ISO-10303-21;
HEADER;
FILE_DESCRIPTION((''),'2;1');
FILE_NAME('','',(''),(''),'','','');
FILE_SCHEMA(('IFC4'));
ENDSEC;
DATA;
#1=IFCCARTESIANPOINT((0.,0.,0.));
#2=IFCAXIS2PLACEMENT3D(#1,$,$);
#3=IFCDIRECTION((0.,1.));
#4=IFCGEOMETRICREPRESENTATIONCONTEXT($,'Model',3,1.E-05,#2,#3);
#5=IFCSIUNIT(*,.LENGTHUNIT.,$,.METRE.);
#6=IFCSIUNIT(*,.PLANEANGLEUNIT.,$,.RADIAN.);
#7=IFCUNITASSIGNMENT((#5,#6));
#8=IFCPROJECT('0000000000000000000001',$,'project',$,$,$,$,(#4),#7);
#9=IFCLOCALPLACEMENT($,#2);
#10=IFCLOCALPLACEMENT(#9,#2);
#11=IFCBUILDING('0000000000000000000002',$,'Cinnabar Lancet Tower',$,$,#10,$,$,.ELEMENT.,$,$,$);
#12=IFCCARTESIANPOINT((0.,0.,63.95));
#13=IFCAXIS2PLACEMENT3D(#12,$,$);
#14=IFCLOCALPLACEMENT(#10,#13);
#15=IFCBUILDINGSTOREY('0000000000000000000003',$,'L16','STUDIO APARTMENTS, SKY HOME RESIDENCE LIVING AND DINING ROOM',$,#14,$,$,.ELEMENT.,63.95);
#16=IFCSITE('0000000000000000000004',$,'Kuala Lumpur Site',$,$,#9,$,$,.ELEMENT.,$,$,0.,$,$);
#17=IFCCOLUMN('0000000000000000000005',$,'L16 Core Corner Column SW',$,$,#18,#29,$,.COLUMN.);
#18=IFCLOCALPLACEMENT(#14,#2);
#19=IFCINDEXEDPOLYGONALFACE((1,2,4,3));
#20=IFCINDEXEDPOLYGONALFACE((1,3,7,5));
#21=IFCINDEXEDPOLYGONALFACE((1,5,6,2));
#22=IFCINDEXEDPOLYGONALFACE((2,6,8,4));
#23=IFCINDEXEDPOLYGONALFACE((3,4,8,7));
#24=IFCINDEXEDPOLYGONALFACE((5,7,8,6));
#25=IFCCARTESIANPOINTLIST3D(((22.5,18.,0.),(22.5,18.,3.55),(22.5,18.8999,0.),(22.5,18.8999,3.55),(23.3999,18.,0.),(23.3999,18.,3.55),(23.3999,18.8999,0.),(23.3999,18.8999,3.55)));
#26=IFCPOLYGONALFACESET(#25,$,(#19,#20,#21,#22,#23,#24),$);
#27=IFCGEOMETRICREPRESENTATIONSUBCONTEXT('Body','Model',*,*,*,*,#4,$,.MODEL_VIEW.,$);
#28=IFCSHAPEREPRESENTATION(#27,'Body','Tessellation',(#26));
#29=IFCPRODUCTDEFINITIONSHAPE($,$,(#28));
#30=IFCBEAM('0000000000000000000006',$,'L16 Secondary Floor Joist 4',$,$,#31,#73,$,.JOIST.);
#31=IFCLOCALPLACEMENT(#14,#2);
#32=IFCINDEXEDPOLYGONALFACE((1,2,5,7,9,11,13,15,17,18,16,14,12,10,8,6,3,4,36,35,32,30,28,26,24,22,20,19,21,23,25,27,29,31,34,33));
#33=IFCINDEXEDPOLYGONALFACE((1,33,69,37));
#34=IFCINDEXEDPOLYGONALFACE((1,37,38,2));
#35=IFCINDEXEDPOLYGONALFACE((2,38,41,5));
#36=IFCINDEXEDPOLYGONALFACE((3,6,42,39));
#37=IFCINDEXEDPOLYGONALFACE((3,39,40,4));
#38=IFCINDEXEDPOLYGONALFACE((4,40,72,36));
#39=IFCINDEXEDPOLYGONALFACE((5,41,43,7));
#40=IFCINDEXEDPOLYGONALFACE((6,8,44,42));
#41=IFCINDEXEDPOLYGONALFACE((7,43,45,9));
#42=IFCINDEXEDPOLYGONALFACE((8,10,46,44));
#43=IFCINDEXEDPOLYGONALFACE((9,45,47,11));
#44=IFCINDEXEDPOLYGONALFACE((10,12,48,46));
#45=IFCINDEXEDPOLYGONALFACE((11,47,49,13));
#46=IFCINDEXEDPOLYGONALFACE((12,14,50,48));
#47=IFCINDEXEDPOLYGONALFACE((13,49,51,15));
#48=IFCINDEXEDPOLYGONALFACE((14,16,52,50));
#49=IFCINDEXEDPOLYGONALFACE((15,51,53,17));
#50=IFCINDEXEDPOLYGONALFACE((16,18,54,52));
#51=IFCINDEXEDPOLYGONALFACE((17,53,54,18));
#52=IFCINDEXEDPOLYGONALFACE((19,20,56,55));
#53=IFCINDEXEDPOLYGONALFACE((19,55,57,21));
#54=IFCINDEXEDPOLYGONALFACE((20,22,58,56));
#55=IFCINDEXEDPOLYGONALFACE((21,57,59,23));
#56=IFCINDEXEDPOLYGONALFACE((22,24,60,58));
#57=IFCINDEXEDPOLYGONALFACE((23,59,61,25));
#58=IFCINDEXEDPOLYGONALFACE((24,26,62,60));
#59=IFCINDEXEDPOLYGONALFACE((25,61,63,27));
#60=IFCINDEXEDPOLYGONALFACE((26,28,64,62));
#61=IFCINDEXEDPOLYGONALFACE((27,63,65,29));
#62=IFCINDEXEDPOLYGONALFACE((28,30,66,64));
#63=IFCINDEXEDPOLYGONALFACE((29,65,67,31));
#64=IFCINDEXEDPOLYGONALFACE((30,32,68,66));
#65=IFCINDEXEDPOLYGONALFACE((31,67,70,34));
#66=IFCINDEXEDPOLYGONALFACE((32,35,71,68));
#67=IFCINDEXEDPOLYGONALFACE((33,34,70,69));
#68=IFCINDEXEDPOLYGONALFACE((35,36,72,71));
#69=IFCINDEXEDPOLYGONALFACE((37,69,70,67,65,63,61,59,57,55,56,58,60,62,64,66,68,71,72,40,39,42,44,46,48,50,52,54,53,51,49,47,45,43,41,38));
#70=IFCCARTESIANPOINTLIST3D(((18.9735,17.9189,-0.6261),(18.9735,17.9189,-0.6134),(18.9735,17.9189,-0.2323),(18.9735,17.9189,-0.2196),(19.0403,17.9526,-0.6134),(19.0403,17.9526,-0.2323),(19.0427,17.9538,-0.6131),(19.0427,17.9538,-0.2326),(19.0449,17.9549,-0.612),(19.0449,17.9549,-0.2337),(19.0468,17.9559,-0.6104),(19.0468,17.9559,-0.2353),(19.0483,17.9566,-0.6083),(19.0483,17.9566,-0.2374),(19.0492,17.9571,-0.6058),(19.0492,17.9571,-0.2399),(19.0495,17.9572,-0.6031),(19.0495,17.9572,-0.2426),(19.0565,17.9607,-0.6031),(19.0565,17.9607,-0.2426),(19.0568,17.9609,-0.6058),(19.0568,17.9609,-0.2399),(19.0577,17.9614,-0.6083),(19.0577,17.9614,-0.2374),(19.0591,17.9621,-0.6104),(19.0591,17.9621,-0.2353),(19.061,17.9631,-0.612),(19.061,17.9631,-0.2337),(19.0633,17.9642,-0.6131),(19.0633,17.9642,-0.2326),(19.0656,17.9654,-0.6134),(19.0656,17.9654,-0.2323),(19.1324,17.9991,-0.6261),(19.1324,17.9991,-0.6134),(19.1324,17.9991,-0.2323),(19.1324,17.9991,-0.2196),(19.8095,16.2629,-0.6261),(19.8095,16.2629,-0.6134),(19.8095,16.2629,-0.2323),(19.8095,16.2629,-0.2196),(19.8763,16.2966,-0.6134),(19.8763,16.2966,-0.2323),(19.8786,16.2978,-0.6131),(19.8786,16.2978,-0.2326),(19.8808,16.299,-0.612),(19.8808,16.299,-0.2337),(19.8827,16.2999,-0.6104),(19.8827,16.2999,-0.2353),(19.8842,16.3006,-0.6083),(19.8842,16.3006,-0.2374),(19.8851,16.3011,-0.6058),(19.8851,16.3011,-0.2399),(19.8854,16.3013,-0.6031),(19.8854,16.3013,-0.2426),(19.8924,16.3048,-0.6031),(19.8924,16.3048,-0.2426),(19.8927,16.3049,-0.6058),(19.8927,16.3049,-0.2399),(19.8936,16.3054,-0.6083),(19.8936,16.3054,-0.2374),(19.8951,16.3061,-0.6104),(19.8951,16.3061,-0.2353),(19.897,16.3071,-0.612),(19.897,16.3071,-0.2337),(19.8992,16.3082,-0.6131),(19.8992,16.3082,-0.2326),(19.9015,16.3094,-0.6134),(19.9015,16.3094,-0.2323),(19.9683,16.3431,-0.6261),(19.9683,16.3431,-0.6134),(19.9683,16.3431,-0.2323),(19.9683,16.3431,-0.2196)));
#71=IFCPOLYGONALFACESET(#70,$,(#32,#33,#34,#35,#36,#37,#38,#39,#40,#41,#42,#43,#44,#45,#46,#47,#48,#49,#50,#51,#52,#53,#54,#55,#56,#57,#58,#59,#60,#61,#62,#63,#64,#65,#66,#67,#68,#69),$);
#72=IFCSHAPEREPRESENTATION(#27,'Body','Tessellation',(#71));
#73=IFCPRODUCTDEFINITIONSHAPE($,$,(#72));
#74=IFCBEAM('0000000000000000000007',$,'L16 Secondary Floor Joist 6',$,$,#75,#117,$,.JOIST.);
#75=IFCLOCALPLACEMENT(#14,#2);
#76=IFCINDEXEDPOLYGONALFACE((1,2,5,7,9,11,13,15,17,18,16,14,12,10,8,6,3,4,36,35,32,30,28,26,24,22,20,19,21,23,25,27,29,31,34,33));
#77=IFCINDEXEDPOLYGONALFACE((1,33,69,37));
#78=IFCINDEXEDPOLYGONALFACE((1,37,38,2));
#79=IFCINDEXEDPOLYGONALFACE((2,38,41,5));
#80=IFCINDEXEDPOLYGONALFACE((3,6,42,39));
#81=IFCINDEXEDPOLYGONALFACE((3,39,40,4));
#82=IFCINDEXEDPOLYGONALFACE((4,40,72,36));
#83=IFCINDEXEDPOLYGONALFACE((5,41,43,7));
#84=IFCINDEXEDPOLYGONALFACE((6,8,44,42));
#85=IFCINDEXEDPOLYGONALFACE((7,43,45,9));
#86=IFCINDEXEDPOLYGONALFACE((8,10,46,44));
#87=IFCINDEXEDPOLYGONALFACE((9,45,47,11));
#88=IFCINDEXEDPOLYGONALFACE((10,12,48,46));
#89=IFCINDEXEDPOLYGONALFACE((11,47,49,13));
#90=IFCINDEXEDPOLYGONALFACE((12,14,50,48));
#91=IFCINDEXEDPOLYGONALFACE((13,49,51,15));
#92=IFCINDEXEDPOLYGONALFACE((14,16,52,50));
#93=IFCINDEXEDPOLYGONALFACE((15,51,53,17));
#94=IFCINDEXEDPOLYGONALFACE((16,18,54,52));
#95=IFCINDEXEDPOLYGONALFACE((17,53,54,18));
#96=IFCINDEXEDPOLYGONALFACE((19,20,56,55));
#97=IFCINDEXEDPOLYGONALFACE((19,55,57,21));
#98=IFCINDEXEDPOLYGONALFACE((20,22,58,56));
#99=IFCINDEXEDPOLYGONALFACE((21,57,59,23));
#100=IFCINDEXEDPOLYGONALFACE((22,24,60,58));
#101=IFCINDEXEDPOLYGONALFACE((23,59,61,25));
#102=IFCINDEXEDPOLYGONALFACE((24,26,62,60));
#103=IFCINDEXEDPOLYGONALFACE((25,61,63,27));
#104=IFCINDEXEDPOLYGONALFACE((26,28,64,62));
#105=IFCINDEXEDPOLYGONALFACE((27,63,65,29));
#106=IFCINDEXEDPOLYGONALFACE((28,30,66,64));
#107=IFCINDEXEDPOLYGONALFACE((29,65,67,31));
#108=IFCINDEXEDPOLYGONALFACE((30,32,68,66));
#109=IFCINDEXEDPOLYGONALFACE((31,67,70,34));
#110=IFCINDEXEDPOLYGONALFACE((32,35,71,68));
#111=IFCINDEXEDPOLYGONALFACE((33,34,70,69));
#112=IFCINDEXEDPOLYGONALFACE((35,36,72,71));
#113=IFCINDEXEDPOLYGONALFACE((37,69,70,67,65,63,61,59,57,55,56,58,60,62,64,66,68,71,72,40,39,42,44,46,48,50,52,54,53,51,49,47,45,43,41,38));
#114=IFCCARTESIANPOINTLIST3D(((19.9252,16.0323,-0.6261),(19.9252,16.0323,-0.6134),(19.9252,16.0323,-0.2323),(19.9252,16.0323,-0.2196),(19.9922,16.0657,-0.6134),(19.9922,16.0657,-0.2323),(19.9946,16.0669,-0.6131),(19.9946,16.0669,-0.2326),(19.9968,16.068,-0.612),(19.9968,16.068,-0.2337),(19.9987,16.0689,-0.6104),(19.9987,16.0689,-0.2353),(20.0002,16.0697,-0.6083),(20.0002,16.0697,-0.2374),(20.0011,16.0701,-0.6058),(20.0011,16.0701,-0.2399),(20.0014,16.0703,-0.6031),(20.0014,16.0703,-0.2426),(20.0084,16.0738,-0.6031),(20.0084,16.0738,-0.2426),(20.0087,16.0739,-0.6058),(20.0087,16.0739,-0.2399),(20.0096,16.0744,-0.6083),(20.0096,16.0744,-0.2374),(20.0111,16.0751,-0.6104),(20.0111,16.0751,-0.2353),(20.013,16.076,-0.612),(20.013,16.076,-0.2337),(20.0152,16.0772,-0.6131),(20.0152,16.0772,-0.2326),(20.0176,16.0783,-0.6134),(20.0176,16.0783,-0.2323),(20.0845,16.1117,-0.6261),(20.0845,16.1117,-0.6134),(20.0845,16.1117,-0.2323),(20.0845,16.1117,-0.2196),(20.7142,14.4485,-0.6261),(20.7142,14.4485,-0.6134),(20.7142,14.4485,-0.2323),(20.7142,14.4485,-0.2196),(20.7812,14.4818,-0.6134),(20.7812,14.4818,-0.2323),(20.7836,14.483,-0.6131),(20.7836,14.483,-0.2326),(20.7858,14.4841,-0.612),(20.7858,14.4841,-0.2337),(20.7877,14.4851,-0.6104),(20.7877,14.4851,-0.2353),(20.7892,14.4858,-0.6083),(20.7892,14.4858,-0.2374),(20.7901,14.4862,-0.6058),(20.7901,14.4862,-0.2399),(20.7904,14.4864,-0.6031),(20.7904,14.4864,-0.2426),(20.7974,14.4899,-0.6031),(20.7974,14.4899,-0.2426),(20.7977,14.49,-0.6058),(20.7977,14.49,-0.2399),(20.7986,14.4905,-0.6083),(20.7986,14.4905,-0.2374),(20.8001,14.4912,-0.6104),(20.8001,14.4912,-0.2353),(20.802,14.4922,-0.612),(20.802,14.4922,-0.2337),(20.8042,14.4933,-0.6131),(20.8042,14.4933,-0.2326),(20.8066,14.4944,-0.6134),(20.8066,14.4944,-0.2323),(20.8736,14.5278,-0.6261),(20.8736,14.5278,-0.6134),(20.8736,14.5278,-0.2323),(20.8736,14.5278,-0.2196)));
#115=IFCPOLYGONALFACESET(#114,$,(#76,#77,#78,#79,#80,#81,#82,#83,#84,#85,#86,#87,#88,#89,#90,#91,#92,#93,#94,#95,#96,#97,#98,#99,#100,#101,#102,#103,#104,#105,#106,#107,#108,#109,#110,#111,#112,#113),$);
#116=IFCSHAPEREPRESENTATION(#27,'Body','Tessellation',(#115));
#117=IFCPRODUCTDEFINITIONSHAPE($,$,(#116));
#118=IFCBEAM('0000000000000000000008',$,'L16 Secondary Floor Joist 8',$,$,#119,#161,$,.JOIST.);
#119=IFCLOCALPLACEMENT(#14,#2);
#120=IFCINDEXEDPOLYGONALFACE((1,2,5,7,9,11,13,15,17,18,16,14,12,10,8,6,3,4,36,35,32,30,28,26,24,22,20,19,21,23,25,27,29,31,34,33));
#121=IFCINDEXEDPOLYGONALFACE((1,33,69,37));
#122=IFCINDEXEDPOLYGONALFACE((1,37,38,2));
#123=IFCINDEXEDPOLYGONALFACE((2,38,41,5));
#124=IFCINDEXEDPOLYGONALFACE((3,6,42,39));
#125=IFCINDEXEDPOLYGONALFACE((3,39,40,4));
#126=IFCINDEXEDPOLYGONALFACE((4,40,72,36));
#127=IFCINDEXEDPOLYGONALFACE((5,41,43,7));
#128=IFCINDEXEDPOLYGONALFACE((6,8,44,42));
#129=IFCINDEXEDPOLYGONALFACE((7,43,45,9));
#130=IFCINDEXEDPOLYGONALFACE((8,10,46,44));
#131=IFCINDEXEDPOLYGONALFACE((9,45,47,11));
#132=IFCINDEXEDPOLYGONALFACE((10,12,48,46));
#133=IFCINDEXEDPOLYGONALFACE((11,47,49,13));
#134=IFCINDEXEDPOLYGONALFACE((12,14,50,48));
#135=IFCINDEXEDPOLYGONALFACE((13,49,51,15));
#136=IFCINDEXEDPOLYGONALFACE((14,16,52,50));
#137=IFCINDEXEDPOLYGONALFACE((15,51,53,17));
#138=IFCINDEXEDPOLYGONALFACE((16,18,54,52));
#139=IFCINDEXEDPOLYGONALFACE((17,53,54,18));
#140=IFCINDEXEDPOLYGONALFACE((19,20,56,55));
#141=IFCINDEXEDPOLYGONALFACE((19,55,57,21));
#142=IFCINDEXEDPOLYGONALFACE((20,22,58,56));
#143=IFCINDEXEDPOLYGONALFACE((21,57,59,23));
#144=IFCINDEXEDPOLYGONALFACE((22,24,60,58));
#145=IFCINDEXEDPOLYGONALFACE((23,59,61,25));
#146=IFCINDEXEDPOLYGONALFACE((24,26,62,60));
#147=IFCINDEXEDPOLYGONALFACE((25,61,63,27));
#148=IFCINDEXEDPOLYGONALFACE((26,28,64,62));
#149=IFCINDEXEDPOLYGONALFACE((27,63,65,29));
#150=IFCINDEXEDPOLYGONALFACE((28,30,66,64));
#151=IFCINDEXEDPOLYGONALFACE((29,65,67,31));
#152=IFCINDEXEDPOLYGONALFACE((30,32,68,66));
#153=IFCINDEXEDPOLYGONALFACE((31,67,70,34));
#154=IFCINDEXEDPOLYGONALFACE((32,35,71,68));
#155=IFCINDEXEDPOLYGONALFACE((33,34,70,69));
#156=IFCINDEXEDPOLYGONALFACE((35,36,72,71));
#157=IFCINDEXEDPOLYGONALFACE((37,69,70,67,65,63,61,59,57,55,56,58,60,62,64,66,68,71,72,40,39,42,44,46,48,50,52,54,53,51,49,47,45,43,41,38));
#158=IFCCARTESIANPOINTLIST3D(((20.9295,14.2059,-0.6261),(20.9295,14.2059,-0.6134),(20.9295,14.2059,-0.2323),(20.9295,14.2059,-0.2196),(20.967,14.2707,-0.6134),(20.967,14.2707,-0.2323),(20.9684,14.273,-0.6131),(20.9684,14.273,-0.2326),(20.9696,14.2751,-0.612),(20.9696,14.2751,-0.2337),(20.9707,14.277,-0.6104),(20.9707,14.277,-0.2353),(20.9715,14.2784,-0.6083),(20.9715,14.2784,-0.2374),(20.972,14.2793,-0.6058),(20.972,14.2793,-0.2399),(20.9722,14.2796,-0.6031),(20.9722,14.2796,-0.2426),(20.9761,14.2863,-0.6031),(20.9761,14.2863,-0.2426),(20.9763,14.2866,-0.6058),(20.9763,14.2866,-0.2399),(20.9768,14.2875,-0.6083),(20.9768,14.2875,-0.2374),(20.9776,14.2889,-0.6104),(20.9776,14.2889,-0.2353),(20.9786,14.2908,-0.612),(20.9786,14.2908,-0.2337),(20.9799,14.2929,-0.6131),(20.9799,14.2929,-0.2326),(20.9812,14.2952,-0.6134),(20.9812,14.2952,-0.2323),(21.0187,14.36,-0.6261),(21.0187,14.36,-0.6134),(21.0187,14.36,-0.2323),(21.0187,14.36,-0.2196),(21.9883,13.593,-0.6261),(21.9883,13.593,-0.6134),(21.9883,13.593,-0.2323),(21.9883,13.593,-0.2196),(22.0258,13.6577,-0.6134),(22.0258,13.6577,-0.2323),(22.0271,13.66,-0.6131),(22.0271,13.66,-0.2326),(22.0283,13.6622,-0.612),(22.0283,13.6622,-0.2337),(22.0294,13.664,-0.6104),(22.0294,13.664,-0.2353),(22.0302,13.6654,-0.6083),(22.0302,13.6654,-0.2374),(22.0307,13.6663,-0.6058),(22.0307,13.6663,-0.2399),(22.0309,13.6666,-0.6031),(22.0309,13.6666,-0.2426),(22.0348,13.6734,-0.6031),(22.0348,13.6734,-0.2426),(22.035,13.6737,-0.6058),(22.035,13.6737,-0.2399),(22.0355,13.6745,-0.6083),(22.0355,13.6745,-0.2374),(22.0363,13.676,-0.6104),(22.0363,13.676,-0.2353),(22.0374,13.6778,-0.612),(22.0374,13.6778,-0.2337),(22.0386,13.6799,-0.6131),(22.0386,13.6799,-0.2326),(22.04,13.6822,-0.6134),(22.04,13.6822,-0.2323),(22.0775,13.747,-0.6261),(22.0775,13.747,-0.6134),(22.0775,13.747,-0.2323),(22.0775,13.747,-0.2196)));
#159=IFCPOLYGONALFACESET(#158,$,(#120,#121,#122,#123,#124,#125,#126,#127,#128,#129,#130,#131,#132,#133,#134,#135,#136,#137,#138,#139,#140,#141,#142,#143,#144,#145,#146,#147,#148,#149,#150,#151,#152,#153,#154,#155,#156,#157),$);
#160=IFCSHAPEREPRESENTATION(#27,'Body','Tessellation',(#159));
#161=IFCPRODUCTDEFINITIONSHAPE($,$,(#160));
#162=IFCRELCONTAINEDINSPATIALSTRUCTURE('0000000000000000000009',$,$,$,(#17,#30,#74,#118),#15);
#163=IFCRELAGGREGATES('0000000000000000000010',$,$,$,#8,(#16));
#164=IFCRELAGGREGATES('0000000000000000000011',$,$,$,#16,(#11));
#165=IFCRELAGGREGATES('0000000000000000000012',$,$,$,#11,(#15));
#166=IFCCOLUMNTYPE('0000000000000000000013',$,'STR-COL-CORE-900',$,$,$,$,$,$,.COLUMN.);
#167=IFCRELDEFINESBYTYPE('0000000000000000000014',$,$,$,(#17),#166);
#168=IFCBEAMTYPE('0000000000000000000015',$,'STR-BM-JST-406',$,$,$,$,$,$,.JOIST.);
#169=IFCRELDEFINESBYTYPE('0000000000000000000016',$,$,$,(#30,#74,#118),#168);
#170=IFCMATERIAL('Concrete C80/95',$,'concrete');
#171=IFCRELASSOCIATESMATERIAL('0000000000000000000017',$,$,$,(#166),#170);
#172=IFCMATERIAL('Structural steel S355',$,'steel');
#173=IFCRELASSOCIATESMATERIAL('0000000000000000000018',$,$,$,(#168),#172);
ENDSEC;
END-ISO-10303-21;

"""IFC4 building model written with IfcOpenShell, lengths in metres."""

from ifc_helpers import new_model, si_unit, direction, frame, origin, origin_2d, place, context, subcontext, project, spatial, rectangle, i_section, extrude, material, material_profile, profile_set, type_object, element, save


model = new_model("IFC4")

# Units and contexts
model_context = context("Model", 3, precision=1e-05, world=origin(), true_north=direction((0.0, 1.0)))
body_context = subcontext(model_context, "Body", "Model", "MODEL_VIEW")
ifc_project = project(units=[si_unit("LENGTHUNIT", "METRE"), si_unit("PLANEANGLEUNIT", "RADIAN")], contexts=[model_context])

# Site, building, storey
site_placement = place(None, origin())
site = spatial("IfcSite", under=ifc_project, at=site_placement, Name="Kuala Lumpur Site", CompositionType="ELEMENT", RefElevation=0.0)
building_placement = place(site_placement, origin())
building = spatial("IfcBuilding", under=site, at=building_placement, Name="Cinnabar Lancet Tower", CompositionType="ELEMENT")
storey_placement = place(building_placement, frame((0.0, 0.0, 63.95)))
storey = spatial("IfcBuildingStorey", under=building, at=storey_placement, Name="L16", Description="STUDIO APARTMENTS, SKY HOME RESIDENCE LIVING AND DINING ROOM", CompositionType="ELEMENT", Elevation=63.95)

# Column
ifc_material_1 = material(Name="Concrete C80/95", Category="concrete")
ifc_material_profile_1 = material_profile(ifc_material_1, rectangle(XDim=0.8999, YDim=0.8999, at=origin_2d()), Name="RC-COL 900x900")
ifc_profile_set_1 = profile_set([ifc_material_profile_1], Name="Concrete C80/95")
column_type = type_object("IfcColumnType", Name="STR-COL-CORE-900", PredefinedType="COLUMN", material=ifc_profile_set_1)
column_placement = place(storey_placement, frame((22.95, 18.45, 0.0), z_axis=(0.0, 0.0, 1.0), x_axis=(1.0, 0.0, 0.0)))
element("IfcColumn", 1, at=column_placement, inside=storey, type_object=column_type, Name="L16 Core Corner Column SW", PredefinedType="COLUMN", context=body_context, shape_type="SweptSolid", body=[
    extrude(rectangle(XDim=0.8999, YDim=0.8999, at=origin_2d()), origin(), (0.0, 0.0, 1.0), 3.55),
])

# Beams
ifc_material_2 = material(Name="Structural steel S355", Category="steel")
ifc_material_profile_2 = material_profile(ifc_material_2, i_section(OverallWidth=0.178, OverallDepth=0.4065, WebThickness=0.0078, FlangeThickness=0.0127, FilletRadius=0.0103, at=origin_2d()), Name="UKB 406x178x60")
ifc_profile_set_2 = profile_set([ifc_material_profile_2], Name="Structural steel S355")
beam_type_1 = type_object("IfcBeamType", Name="STR-BM-JST-406", PredefinedType="JOIST", material=ifc_profile_set_2)
beam_1_placement = place(storey_placement, frame((19.053, 17.959, -0.4229), z_axis=(0.450632, -0.89271, 0.0), x_axis=(0.89271, 0.450632, 0.0)))
element("IfcBeam", 2, at=beam_1_placement, inside=storey, type_object=beam_type_1, Name="L16 Secondary Floor Joist 4", PredefinedType="JOIST", context=body_context, shape_type="SweptSolid", body=[
    extrude(i_section(OverallWidth=0.178, OverallDepth=0.4065, WebThickness=0.0078, FlangeThickness=0.0127, FilletRadius=0.0103, at=origin_2d()), origin(), (0.0, 0.0, 1.0), 1.855),
])
beam_2_placement = place(storey_placement, frame((20.0049, 16.072, -0.4229), z_axis=(0.445889, -0.895088, 0.0), x_axis=(0.895088, 0.445889, 0.0)))
element("IfcBeam", 3, at=beam_2_placement, inside=storey, type_object=beam_type_1, Name="L16 Secondary Floor Joist 6", PredefinedType="JOIST", context=body_context, shape_type="SweptSolid", body=[
    extrude(i_section(OverallWidth=0.178, OverallDepth=0.4065, WebThickness=0.0078, FlangeThickness=0.0127, FilletRadius=0.0103, at=origin_2d()), origin(), (0.0, 0.0, 1.0), 1.7695),
])
beam_3_placement = place(storey_placement, frame((20.9741, 14.283, -0.4229), z_axis=(0.865417, -0.501052, 0.0), x_axis=(0.501052, 0.865417, 0.0)))
element("IfcBeam", 4, at=beam_3_placement, inside=storey, type_object=beam_type_1, Name="L16 Secondary Floor Joist 8", PredefinedType="JOIST", context=body_context, shape_type="SweptSolid", body=[
    extrude(i_section(OverallWidth=0.178, OverallDepth=0.4065, WebThickness=0.0078, FlangeThickness=0.0127, FilletRadius=0.0103, at=origin_2d()), origin(), (0.0, 0.0, 1.0), 1.2234),
])

save(model, "model.ifc")
